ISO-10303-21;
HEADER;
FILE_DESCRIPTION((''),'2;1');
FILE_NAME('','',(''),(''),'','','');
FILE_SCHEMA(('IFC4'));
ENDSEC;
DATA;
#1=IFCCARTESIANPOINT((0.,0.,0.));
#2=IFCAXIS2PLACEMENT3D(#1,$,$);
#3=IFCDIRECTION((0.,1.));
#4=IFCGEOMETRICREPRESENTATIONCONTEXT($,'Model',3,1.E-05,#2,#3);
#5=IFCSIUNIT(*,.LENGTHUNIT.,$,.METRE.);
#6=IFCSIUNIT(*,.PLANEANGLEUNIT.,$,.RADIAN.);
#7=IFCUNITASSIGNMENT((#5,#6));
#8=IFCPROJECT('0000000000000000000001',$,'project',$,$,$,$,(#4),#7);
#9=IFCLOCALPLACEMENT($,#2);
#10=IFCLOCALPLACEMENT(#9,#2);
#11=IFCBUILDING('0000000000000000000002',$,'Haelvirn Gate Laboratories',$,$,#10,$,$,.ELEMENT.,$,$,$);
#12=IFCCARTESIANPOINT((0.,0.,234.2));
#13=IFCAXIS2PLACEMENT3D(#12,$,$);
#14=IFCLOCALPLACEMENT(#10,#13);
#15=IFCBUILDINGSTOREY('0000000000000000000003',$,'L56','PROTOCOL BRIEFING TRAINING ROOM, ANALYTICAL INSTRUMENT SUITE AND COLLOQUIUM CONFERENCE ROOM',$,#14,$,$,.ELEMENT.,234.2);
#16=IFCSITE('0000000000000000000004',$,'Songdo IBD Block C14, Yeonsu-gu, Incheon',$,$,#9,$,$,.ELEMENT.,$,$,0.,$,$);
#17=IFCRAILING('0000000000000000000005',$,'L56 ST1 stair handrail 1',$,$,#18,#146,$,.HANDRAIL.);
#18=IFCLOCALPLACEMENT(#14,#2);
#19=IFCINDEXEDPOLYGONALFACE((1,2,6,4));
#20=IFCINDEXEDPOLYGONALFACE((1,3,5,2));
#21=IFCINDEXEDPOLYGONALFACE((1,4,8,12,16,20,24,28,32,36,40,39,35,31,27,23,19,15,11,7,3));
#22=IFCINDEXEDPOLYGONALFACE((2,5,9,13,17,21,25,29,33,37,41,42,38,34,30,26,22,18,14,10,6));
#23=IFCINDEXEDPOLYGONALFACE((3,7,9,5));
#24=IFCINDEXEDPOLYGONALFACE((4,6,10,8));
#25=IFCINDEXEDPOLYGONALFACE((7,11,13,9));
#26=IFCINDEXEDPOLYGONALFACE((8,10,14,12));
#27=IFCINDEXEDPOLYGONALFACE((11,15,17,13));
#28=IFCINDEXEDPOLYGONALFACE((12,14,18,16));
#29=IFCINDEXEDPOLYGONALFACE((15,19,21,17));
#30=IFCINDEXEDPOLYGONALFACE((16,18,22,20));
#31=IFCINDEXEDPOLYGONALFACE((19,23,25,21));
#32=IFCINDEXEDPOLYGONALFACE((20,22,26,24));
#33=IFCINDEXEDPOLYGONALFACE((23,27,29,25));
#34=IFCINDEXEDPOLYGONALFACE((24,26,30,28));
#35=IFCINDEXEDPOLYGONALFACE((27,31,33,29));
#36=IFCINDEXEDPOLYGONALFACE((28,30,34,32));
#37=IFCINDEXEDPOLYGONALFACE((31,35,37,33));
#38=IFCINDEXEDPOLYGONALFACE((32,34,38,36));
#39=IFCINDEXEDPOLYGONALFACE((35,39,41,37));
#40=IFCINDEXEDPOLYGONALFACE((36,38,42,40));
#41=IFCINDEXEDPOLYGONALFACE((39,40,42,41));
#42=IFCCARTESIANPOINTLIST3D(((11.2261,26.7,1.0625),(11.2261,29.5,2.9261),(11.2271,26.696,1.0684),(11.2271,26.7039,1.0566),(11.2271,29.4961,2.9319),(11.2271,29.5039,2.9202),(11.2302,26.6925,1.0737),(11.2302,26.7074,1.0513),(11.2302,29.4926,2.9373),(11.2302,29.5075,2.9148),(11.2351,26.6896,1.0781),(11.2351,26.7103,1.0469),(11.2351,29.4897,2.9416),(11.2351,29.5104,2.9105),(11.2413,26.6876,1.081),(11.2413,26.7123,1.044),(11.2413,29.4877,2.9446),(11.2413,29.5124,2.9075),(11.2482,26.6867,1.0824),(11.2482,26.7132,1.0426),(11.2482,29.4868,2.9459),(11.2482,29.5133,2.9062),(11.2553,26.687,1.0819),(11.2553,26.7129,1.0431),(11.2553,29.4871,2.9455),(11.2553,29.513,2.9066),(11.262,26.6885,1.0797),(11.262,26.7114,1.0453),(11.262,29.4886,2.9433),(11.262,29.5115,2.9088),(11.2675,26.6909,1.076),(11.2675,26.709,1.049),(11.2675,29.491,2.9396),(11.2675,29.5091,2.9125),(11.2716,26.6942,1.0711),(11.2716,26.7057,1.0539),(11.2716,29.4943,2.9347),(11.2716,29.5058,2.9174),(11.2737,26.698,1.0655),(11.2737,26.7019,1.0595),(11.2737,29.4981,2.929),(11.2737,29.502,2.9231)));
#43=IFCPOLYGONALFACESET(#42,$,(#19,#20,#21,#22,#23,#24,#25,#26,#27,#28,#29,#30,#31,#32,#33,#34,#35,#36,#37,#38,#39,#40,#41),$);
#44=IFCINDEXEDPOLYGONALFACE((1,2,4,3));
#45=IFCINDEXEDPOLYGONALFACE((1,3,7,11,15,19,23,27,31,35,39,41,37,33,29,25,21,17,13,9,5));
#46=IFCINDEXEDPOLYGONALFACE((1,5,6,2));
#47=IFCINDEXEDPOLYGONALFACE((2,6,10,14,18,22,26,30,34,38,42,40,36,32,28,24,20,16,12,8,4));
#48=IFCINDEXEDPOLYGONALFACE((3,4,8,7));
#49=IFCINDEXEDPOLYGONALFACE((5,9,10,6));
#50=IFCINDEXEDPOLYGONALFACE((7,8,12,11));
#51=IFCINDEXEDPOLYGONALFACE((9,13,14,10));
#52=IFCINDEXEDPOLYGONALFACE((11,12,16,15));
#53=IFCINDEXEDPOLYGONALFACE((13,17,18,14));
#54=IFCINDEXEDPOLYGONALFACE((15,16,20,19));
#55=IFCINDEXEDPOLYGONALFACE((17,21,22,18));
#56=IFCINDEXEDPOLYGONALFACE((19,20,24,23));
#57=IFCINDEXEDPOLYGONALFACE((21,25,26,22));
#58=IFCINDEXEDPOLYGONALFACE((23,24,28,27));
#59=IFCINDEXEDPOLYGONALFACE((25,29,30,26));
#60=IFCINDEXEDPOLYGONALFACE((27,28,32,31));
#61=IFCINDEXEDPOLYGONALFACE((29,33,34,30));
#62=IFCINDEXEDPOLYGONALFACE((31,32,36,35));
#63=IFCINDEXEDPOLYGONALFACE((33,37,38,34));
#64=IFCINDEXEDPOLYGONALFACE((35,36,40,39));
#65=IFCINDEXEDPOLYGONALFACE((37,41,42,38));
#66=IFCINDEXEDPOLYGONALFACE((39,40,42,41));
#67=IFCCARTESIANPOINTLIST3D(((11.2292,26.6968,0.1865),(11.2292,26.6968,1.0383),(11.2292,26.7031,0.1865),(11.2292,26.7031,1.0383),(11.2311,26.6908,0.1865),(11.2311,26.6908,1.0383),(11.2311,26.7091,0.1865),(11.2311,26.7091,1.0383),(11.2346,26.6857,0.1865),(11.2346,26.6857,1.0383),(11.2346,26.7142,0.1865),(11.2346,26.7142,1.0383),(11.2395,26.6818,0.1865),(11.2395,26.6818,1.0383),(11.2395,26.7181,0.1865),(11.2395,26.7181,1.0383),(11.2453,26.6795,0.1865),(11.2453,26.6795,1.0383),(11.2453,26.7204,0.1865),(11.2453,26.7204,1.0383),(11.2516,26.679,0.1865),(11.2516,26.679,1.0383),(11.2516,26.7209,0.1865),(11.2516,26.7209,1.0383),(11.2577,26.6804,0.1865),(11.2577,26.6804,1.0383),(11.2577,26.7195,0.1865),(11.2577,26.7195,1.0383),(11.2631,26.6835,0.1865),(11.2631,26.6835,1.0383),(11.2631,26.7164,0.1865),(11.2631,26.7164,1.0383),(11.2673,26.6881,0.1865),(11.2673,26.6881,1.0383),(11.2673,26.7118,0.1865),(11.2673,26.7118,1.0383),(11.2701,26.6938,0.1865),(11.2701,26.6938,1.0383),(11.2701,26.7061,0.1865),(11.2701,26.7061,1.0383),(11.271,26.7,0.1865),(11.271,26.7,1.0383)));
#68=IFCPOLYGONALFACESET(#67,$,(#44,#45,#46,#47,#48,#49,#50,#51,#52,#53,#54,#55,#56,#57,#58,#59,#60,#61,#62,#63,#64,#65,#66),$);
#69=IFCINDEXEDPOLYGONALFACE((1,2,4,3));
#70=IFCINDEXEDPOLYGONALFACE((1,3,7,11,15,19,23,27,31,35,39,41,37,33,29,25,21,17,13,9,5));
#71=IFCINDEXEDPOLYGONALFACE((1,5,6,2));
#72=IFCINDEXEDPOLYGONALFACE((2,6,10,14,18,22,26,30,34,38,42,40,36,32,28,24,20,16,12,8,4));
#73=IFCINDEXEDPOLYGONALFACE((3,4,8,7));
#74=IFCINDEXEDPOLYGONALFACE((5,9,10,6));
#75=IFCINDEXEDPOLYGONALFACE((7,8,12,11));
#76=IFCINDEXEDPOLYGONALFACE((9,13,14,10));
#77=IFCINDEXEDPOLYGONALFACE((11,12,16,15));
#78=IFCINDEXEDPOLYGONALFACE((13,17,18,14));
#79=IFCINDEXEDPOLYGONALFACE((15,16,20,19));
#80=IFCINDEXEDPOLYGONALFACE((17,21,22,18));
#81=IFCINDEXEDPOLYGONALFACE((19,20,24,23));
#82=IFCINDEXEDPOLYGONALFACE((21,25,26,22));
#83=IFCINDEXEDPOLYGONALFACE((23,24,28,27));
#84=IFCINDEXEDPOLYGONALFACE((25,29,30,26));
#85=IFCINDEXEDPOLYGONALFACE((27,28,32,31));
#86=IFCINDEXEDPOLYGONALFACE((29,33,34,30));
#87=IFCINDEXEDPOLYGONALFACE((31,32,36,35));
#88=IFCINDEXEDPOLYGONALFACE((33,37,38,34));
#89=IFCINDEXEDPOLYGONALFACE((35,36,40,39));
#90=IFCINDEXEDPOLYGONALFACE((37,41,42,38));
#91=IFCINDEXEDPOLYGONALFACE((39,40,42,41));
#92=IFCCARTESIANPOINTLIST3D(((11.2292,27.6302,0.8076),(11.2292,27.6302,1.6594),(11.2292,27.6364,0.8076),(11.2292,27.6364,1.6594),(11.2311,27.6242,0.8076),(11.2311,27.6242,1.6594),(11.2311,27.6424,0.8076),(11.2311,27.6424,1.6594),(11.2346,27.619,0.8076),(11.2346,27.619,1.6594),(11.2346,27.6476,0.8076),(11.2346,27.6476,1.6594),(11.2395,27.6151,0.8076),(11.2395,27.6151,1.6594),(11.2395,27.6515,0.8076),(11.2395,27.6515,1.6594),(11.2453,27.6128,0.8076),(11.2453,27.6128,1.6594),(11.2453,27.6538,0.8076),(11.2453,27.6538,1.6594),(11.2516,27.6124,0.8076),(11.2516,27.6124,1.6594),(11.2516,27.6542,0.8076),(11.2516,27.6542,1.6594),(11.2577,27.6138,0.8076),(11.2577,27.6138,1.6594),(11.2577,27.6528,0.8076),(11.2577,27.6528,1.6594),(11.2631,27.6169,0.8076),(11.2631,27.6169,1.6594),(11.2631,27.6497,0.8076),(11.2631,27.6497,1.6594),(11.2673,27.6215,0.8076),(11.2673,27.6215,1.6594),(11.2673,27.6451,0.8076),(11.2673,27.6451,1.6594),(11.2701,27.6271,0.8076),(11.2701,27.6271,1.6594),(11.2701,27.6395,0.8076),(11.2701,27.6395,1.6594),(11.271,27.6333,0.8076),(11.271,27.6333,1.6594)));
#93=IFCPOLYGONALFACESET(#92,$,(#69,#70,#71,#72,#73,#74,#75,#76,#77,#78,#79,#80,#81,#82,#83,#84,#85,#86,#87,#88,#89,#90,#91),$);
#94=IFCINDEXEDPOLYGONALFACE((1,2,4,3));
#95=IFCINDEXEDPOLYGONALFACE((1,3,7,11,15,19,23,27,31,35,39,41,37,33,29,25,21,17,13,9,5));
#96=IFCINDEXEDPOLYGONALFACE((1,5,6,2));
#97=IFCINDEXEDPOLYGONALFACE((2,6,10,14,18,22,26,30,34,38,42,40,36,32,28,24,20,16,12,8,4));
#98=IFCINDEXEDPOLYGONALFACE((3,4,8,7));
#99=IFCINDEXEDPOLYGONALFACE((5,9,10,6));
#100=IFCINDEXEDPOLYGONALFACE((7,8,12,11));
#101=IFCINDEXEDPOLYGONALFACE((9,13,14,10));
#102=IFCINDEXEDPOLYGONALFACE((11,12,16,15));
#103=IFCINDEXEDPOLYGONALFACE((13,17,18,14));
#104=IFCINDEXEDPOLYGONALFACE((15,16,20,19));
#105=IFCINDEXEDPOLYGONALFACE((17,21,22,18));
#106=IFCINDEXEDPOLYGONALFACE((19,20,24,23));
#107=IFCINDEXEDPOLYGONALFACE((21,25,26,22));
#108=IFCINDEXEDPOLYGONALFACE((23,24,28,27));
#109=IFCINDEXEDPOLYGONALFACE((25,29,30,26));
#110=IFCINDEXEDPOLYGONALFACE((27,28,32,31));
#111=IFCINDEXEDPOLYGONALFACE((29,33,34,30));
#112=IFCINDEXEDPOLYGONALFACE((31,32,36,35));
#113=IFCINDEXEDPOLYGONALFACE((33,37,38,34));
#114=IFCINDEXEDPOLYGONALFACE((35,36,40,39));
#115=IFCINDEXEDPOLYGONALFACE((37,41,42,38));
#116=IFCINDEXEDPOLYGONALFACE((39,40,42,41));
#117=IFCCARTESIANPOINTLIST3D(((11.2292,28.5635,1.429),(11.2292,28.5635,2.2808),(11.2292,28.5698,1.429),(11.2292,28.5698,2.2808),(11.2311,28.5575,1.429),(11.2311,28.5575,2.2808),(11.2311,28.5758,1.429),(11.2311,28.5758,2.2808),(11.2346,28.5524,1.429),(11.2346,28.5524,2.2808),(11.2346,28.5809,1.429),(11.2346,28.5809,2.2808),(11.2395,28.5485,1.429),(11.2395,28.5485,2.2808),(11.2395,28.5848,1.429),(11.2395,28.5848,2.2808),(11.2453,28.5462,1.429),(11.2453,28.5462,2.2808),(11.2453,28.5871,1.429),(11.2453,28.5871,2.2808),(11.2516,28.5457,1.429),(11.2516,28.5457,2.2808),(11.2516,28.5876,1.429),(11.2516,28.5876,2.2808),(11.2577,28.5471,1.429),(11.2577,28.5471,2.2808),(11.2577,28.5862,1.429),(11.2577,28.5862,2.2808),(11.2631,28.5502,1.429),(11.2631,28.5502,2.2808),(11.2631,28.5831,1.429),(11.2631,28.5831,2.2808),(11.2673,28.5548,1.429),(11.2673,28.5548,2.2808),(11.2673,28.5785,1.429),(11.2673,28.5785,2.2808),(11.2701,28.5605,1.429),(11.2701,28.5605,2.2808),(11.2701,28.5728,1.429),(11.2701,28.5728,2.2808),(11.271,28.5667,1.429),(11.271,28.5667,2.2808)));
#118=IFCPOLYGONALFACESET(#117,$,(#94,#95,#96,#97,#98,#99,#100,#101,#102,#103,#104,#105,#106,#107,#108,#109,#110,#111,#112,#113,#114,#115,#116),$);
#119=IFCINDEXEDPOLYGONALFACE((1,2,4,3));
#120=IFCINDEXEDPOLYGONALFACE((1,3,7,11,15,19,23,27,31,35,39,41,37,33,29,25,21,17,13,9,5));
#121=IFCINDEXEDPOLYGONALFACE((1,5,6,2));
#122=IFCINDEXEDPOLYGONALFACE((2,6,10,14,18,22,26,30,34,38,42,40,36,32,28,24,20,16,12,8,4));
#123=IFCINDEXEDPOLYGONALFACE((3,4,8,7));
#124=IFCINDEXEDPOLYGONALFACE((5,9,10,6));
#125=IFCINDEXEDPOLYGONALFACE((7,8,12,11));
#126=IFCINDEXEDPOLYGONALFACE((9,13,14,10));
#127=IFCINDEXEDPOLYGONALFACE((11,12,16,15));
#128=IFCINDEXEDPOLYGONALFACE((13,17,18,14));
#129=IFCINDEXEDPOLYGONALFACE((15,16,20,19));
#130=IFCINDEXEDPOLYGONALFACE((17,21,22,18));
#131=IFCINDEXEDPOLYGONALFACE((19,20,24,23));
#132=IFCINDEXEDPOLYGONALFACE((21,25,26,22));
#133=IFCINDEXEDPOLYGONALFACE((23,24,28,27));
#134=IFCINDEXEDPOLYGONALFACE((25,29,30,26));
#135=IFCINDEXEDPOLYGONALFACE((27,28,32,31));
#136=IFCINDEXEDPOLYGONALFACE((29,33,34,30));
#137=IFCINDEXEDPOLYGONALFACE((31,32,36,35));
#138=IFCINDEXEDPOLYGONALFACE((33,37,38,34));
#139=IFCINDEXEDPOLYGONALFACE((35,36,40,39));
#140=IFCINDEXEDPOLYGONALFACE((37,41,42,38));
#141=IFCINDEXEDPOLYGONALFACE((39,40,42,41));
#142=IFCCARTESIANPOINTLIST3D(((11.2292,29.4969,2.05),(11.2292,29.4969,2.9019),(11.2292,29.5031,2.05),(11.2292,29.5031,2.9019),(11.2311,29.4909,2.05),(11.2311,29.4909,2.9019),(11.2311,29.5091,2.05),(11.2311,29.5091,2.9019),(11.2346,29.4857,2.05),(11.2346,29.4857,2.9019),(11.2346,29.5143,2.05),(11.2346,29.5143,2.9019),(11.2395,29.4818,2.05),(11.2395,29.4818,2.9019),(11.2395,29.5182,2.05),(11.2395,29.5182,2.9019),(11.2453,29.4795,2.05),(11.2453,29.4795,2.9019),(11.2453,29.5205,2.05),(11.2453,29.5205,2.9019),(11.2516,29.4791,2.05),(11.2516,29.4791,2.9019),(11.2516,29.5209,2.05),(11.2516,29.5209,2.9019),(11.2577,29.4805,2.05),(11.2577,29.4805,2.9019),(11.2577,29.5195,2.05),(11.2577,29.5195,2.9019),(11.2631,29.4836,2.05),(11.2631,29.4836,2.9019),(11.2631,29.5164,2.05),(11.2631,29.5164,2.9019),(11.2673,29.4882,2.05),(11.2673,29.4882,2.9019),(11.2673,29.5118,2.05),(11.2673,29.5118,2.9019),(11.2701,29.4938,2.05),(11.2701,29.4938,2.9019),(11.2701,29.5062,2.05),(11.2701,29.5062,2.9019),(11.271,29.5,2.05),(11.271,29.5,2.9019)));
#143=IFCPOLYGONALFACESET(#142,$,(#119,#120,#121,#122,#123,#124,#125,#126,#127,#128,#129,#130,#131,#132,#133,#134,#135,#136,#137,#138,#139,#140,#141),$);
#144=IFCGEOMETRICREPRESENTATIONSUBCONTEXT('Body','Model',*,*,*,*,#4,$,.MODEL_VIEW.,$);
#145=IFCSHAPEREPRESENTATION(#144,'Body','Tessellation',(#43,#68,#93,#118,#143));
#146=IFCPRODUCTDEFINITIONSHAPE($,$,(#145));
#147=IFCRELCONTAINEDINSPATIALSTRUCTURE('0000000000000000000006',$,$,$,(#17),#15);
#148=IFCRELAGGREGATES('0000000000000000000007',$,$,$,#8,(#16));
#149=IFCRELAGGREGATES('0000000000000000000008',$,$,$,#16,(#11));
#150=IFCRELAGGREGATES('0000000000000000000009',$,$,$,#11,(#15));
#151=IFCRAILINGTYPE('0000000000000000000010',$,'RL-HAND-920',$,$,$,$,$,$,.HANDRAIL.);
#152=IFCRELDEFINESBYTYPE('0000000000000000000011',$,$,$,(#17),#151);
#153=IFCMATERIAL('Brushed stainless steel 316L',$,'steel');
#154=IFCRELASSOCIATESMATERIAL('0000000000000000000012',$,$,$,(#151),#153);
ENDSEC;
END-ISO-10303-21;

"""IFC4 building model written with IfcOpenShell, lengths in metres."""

from ifc_helpers import new_model, si_unit, direction, frame, origin, origin_2d, place, context, subcontext, project, spatial, circle, extrude, source, transform, mapped, material, type_object, element, save


model = new_model("IFC4")

# Units and contexts
model_context = context("Model", 3, precision=1e-05, world=origin(), true_north=direction((0.0, 1.0)))
body_context = subcontext(model_context, "Body", "Model", "MODEL_VIEW")
ifc_project = project(units=[si_unit("LENGTHUNIT", "METRE"), si_unit("PLANEANGLEUNIT", "RADIAN")], contexts=[model_context])

# Site, building, storey
site_placement = place(None, origin())
site = spatial("IfcSite", under=ifc_project, at=site_placement, Name="Songdo IBD Block C14, Yeonsu-gu, Incheon", CompositionType="ELEMENT", RefElevation=0.0)
building_placement = place(site_placement, origin())
building = spatial("IfcBuilding", under=site, at=building_placement, Name="Haelvirn Gate Laboratories", CompositionType="ELEMENT")
storey_placement = place(building_placement, frame((0.0, 0.0, 234.2)))
storey = spatial("IfcBuildingStorey", under=building, at=storey_placement, Name="L56", Description="PROTOCOL BRIEFING TRAINING ROOM, ANALYTICAL INSTRUMENT SUITE AND COLLOQUIUM CONFERENCE ROOM", CompositionType="ELEMENT", Elevation=234.2)

# Railing
ifc_material_1 = material(Name="Brushed stainless steel 316L", Category="steel")
railing_type_1 = type_object("IfcRailingType", Name="RL-HAND-920", PredefinedType="HANDRAIL", material=ifc_material_1)
shared_shape_1 = source(origin(), body_context, "Body", "SweptSolid", [
    extrude(circle(Radius=0.0239, at=origin_2d()), frame((0.0, 0.0, 0.876), z_axis=(0.0, 0.832486, 0.554047), x_axis=(-1.0, 0.0, 0.0)), (0.0, 0.0, 1.0), 3.3635),
    extrude(circle(Radius=0.021, at=origin_2d()), origin(), (0.0, 0.0, 1.0), 0.8518),
    extrude(circle(Radius=0.021, at=origin_2d()), frame((0.0, 0.9333, 0.6211)), (0.0, 0.0, 1.0), 0.8518),
    extrude(circle(Radius=0.021, at=origin_2d()), frame((0.0, 1.8667, 1.2424)), (0.0, 0.0, 1.0), 0.8518),
    extrude(circle(Radius=0.021, at=origin_2d()), frame((0.0, 2.8, 1.8635)), (0.0, 0.0, 1.0), 0.8518),
])
railing_1_placement = place(storey_placement, frame((11.25, 26.7, 0.1865)))
element("IfcRailing", 1, at=railing_1_placement, inside=storey, type_object=railing_type_1, Name="L56 ST1 stair handrail 1", PredefinedType="HANDRAIL", context=body_context, shape_type="MappedRepresentation", body=[
    mapped(shared_shape_1, transform((0.0, 0.0, 0.0), scale=1.0)),
])

save(model, "model.ifc")
